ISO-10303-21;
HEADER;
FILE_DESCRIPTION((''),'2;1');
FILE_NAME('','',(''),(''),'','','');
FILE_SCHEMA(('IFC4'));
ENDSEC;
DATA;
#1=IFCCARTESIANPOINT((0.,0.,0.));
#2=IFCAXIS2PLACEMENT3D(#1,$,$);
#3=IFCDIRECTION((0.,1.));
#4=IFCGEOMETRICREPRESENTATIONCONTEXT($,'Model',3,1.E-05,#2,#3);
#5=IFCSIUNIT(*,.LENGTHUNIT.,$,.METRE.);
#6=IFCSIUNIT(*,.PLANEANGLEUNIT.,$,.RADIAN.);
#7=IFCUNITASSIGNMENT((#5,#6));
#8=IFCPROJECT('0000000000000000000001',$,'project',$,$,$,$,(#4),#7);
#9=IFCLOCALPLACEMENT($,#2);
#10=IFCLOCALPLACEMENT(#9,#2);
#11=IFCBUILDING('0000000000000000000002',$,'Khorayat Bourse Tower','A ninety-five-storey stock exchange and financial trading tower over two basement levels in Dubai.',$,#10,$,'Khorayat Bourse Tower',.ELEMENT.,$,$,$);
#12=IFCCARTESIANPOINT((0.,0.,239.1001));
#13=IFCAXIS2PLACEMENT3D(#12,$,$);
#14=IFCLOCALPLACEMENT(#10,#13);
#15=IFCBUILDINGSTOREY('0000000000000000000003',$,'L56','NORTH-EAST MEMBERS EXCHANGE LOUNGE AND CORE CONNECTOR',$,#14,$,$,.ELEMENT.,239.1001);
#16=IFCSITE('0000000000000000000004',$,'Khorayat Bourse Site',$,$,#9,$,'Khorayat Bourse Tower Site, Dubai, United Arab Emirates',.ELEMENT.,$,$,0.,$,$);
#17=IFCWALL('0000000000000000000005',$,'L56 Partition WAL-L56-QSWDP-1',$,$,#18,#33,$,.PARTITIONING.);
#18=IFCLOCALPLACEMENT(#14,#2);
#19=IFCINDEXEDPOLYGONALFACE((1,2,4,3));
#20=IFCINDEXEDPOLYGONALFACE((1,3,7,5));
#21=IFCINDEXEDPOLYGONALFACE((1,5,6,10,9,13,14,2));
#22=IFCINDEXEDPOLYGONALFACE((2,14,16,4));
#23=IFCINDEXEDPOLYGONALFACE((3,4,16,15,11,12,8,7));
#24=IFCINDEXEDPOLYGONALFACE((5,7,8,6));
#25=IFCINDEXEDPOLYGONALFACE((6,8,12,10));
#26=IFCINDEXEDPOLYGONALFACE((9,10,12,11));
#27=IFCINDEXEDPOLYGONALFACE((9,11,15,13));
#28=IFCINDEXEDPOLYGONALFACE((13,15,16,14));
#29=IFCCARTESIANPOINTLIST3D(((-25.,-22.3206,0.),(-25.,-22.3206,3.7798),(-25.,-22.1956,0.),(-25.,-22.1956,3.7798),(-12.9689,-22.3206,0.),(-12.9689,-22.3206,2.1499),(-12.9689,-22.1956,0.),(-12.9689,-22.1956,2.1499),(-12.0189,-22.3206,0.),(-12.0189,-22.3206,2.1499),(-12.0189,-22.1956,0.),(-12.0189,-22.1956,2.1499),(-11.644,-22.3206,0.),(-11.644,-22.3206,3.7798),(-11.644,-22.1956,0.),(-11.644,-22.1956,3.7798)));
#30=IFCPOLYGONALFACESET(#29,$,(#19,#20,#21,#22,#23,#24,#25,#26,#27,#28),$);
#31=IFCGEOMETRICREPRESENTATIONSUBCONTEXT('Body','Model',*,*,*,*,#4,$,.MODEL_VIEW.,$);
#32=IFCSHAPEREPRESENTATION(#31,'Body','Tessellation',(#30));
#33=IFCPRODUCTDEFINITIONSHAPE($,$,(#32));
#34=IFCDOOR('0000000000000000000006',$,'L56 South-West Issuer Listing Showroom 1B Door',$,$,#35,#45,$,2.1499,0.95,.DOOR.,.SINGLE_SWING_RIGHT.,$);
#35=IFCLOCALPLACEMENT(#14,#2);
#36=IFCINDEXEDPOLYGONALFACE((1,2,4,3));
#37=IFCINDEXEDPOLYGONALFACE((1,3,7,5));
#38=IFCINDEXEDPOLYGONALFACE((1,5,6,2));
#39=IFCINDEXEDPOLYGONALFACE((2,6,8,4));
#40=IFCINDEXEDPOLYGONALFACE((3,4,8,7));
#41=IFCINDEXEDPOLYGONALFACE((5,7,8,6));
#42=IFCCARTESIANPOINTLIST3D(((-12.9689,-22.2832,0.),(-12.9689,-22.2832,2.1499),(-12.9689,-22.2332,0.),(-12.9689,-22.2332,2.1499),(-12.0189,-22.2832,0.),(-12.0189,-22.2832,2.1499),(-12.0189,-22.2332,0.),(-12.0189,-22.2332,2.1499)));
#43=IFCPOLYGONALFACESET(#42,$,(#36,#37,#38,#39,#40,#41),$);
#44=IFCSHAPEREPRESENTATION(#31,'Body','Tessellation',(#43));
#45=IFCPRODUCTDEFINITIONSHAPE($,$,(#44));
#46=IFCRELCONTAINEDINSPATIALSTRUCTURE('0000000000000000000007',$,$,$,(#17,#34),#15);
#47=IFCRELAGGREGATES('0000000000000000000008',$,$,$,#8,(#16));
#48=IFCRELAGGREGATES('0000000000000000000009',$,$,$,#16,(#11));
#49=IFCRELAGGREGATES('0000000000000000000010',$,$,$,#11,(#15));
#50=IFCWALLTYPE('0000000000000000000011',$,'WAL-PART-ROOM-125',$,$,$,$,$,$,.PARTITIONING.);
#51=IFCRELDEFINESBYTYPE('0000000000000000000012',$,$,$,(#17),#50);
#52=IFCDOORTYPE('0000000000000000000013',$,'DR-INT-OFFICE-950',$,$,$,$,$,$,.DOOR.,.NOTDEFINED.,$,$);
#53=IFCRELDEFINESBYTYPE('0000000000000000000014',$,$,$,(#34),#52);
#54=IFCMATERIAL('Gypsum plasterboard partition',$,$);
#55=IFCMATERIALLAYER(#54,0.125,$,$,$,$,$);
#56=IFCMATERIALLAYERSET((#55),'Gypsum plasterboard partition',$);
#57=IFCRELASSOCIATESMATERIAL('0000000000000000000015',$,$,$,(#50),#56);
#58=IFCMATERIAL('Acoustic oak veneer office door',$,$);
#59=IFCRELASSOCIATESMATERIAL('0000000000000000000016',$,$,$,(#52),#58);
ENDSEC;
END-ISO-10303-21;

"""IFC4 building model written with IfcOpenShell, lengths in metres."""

from ifc_helpers import new_model, si_unit, direction, frame, frame_2d, origin, place, context, subcontext, project, spatial, rectangle, extrude, source, transform, mapped, material, layer, layer_set, type_object, element, fill, save


model = new_model("IFC4")

# Units and contexts
model_context = context("Model", 3, precision=1e-05, world=origin(), true_north=direction((0.0, 1.0)))
body_context = subcontext(model_context, "Body", "Model", "MODEL_VIEW")
ifc_project = project(units=[si_unit("LENGTHUNIT", "METRE"), si_unit("PLANEANGLEUNIT", "RADIAN")], contexts=[model_context])

# Site, building, storey
site_placement = place(None, origin())
site = spatial("IfcSite", under=ifc_project, at=site_placement, Name="Khorayat Bourse Site", LongName="Khorayat Bourse Tower Site, Dubai, United Arab Emirates", CompositionType="ELEMENT", RefElevation=0.0)
building_placement = place(site_placement, origin())
building = spatial("IfcBuilding", under=site, at=building_placement, Name="Khorayat Bourse Tower", Description="A ninety-five-storey stock exchange and financial trading tower over two basement levels in Dubai.", LongName="Khorayat Bourse Tower", CompositionType="ELEMENT")
storey_placement = place(building_placement, frame((0.0, 0.0, 239.1001)))
storey = spatial("IfcBuildingStorey", under=building, at=storey_placement, Name="L56", Description="NORTH-EAST MEMBERS EXCHANGE LOUNGE AND CORE CONNECTOR", CompositionType="ELEMENT", Elevation=239.1001)

# Wall, opening, door
ifc_material_1 = material(Name="Gypsum plasterboard partition")
ifc_layer_1 = layer(ifc_material_1, 0.125)
ifc_layer_set_1 = layer_set([ifc_layer_1], Name="Gypsum plasterboard partition")
wall_type_1 = type_object("IfcWallType", Name="WAL-PART-ROOM-125", PredefinedType="PARTITIONING", material=ifc_layer_set_1)
shared_shape_1 = source(origin(), body_context, "Body", "SweptSolid", [
    extrude(rectangle(XDim=13.356, YDim=0.125, at=frame_2d((6.678, 0.0))), origin(), (0.0, 0.0, 1.0), 3.7798),
])
wall_1_placement = place(storey_placement, frame((-25.0, -22.2581, 0.0), z_axis=(0.0, 0.0, 1.0), x_axis=(1.0, 0.0, 0.0)))
wall_1 = element("IfcWall", 1, at=wall_1_placement, inside=storey, type_object=wall_type_1, Name="L56 Partition WAL-L56-QSWDP-1", PredefinedType="PARTITIONING", context=body_context, shape_type="MappedRepresentation", body=[
    mapped(shared_shape_1, transform((0.0, 0.0, 0.0), scale=1.0)),
])
shared_shape_2 = source(origin(), body_context, "Body", "SweptSolid", [
    extrude(rectangle(XDim=0.95, YDim=2.1499, at=frame_2d((0.4751, 1.075))), frame((0.0, 0.0725, 0.0), z_axis=(0.0, -1.0, 0.0), x_axis=(1.0, 0.0, 0.0)), (0.0, 0.0, 1.0), 0.145),
])
opening_1_placement = place(wall_1_placement, frame((12.031, 0.0, 0.0)))
opening_1 = element("IfcOpeningElement", 2, at=opening_1_placement, cuts=wall_1, PredefinedType="OPENING", context=body_context, shape_type="MappedRepresentation", body=[
    mapped(shared_shape_2, transform((0.0, 0.0, 0.0), scale=1.0)),
])
ifc_material_2 = material(Name="Acoustic oak veneer office door")
door_type = type_object("IfcDoorType", Name="DR-INT-OFFICE-950", OperationType="NOTDEFINED", PredefinedType="DOOR", material=ifc_material_2)
shared_shape_3 = source(origin(), body_context, "Body", "SweptSolid", [
    extrude(rectangle(XDim=0.95, YDim=2.1499, at=frame_2d((0.4751, 1.075))), frame((0.0, 0.0249, 0.0), z_axis=(0.0, -1.0, 0.0), x_axis=(1.0, 0.0, 0.0)), (0.0, 0.0, 1.0), 0.05),
])
door_placement = place(opening_1_placement, origin())
door = element("IfcDoor", 3, at=door_placement, inside=storey, type_object=door_type, Name="L56 South-West Issuer Listing Showroom 1B Door", OperationType="SINGLE_SWING_RIGHT", OverallHeight=2.1499, OverallWidth=0.95, PredefinedType="DOOR", context=body_context, shape_type="MappedRepresentation", body=[
    mapped(shared_shape_3, transform((0.0, 0.0, 0.0), scale=1.0)),
])
fill(opening_1, door)

save(model, "model.ifc")
